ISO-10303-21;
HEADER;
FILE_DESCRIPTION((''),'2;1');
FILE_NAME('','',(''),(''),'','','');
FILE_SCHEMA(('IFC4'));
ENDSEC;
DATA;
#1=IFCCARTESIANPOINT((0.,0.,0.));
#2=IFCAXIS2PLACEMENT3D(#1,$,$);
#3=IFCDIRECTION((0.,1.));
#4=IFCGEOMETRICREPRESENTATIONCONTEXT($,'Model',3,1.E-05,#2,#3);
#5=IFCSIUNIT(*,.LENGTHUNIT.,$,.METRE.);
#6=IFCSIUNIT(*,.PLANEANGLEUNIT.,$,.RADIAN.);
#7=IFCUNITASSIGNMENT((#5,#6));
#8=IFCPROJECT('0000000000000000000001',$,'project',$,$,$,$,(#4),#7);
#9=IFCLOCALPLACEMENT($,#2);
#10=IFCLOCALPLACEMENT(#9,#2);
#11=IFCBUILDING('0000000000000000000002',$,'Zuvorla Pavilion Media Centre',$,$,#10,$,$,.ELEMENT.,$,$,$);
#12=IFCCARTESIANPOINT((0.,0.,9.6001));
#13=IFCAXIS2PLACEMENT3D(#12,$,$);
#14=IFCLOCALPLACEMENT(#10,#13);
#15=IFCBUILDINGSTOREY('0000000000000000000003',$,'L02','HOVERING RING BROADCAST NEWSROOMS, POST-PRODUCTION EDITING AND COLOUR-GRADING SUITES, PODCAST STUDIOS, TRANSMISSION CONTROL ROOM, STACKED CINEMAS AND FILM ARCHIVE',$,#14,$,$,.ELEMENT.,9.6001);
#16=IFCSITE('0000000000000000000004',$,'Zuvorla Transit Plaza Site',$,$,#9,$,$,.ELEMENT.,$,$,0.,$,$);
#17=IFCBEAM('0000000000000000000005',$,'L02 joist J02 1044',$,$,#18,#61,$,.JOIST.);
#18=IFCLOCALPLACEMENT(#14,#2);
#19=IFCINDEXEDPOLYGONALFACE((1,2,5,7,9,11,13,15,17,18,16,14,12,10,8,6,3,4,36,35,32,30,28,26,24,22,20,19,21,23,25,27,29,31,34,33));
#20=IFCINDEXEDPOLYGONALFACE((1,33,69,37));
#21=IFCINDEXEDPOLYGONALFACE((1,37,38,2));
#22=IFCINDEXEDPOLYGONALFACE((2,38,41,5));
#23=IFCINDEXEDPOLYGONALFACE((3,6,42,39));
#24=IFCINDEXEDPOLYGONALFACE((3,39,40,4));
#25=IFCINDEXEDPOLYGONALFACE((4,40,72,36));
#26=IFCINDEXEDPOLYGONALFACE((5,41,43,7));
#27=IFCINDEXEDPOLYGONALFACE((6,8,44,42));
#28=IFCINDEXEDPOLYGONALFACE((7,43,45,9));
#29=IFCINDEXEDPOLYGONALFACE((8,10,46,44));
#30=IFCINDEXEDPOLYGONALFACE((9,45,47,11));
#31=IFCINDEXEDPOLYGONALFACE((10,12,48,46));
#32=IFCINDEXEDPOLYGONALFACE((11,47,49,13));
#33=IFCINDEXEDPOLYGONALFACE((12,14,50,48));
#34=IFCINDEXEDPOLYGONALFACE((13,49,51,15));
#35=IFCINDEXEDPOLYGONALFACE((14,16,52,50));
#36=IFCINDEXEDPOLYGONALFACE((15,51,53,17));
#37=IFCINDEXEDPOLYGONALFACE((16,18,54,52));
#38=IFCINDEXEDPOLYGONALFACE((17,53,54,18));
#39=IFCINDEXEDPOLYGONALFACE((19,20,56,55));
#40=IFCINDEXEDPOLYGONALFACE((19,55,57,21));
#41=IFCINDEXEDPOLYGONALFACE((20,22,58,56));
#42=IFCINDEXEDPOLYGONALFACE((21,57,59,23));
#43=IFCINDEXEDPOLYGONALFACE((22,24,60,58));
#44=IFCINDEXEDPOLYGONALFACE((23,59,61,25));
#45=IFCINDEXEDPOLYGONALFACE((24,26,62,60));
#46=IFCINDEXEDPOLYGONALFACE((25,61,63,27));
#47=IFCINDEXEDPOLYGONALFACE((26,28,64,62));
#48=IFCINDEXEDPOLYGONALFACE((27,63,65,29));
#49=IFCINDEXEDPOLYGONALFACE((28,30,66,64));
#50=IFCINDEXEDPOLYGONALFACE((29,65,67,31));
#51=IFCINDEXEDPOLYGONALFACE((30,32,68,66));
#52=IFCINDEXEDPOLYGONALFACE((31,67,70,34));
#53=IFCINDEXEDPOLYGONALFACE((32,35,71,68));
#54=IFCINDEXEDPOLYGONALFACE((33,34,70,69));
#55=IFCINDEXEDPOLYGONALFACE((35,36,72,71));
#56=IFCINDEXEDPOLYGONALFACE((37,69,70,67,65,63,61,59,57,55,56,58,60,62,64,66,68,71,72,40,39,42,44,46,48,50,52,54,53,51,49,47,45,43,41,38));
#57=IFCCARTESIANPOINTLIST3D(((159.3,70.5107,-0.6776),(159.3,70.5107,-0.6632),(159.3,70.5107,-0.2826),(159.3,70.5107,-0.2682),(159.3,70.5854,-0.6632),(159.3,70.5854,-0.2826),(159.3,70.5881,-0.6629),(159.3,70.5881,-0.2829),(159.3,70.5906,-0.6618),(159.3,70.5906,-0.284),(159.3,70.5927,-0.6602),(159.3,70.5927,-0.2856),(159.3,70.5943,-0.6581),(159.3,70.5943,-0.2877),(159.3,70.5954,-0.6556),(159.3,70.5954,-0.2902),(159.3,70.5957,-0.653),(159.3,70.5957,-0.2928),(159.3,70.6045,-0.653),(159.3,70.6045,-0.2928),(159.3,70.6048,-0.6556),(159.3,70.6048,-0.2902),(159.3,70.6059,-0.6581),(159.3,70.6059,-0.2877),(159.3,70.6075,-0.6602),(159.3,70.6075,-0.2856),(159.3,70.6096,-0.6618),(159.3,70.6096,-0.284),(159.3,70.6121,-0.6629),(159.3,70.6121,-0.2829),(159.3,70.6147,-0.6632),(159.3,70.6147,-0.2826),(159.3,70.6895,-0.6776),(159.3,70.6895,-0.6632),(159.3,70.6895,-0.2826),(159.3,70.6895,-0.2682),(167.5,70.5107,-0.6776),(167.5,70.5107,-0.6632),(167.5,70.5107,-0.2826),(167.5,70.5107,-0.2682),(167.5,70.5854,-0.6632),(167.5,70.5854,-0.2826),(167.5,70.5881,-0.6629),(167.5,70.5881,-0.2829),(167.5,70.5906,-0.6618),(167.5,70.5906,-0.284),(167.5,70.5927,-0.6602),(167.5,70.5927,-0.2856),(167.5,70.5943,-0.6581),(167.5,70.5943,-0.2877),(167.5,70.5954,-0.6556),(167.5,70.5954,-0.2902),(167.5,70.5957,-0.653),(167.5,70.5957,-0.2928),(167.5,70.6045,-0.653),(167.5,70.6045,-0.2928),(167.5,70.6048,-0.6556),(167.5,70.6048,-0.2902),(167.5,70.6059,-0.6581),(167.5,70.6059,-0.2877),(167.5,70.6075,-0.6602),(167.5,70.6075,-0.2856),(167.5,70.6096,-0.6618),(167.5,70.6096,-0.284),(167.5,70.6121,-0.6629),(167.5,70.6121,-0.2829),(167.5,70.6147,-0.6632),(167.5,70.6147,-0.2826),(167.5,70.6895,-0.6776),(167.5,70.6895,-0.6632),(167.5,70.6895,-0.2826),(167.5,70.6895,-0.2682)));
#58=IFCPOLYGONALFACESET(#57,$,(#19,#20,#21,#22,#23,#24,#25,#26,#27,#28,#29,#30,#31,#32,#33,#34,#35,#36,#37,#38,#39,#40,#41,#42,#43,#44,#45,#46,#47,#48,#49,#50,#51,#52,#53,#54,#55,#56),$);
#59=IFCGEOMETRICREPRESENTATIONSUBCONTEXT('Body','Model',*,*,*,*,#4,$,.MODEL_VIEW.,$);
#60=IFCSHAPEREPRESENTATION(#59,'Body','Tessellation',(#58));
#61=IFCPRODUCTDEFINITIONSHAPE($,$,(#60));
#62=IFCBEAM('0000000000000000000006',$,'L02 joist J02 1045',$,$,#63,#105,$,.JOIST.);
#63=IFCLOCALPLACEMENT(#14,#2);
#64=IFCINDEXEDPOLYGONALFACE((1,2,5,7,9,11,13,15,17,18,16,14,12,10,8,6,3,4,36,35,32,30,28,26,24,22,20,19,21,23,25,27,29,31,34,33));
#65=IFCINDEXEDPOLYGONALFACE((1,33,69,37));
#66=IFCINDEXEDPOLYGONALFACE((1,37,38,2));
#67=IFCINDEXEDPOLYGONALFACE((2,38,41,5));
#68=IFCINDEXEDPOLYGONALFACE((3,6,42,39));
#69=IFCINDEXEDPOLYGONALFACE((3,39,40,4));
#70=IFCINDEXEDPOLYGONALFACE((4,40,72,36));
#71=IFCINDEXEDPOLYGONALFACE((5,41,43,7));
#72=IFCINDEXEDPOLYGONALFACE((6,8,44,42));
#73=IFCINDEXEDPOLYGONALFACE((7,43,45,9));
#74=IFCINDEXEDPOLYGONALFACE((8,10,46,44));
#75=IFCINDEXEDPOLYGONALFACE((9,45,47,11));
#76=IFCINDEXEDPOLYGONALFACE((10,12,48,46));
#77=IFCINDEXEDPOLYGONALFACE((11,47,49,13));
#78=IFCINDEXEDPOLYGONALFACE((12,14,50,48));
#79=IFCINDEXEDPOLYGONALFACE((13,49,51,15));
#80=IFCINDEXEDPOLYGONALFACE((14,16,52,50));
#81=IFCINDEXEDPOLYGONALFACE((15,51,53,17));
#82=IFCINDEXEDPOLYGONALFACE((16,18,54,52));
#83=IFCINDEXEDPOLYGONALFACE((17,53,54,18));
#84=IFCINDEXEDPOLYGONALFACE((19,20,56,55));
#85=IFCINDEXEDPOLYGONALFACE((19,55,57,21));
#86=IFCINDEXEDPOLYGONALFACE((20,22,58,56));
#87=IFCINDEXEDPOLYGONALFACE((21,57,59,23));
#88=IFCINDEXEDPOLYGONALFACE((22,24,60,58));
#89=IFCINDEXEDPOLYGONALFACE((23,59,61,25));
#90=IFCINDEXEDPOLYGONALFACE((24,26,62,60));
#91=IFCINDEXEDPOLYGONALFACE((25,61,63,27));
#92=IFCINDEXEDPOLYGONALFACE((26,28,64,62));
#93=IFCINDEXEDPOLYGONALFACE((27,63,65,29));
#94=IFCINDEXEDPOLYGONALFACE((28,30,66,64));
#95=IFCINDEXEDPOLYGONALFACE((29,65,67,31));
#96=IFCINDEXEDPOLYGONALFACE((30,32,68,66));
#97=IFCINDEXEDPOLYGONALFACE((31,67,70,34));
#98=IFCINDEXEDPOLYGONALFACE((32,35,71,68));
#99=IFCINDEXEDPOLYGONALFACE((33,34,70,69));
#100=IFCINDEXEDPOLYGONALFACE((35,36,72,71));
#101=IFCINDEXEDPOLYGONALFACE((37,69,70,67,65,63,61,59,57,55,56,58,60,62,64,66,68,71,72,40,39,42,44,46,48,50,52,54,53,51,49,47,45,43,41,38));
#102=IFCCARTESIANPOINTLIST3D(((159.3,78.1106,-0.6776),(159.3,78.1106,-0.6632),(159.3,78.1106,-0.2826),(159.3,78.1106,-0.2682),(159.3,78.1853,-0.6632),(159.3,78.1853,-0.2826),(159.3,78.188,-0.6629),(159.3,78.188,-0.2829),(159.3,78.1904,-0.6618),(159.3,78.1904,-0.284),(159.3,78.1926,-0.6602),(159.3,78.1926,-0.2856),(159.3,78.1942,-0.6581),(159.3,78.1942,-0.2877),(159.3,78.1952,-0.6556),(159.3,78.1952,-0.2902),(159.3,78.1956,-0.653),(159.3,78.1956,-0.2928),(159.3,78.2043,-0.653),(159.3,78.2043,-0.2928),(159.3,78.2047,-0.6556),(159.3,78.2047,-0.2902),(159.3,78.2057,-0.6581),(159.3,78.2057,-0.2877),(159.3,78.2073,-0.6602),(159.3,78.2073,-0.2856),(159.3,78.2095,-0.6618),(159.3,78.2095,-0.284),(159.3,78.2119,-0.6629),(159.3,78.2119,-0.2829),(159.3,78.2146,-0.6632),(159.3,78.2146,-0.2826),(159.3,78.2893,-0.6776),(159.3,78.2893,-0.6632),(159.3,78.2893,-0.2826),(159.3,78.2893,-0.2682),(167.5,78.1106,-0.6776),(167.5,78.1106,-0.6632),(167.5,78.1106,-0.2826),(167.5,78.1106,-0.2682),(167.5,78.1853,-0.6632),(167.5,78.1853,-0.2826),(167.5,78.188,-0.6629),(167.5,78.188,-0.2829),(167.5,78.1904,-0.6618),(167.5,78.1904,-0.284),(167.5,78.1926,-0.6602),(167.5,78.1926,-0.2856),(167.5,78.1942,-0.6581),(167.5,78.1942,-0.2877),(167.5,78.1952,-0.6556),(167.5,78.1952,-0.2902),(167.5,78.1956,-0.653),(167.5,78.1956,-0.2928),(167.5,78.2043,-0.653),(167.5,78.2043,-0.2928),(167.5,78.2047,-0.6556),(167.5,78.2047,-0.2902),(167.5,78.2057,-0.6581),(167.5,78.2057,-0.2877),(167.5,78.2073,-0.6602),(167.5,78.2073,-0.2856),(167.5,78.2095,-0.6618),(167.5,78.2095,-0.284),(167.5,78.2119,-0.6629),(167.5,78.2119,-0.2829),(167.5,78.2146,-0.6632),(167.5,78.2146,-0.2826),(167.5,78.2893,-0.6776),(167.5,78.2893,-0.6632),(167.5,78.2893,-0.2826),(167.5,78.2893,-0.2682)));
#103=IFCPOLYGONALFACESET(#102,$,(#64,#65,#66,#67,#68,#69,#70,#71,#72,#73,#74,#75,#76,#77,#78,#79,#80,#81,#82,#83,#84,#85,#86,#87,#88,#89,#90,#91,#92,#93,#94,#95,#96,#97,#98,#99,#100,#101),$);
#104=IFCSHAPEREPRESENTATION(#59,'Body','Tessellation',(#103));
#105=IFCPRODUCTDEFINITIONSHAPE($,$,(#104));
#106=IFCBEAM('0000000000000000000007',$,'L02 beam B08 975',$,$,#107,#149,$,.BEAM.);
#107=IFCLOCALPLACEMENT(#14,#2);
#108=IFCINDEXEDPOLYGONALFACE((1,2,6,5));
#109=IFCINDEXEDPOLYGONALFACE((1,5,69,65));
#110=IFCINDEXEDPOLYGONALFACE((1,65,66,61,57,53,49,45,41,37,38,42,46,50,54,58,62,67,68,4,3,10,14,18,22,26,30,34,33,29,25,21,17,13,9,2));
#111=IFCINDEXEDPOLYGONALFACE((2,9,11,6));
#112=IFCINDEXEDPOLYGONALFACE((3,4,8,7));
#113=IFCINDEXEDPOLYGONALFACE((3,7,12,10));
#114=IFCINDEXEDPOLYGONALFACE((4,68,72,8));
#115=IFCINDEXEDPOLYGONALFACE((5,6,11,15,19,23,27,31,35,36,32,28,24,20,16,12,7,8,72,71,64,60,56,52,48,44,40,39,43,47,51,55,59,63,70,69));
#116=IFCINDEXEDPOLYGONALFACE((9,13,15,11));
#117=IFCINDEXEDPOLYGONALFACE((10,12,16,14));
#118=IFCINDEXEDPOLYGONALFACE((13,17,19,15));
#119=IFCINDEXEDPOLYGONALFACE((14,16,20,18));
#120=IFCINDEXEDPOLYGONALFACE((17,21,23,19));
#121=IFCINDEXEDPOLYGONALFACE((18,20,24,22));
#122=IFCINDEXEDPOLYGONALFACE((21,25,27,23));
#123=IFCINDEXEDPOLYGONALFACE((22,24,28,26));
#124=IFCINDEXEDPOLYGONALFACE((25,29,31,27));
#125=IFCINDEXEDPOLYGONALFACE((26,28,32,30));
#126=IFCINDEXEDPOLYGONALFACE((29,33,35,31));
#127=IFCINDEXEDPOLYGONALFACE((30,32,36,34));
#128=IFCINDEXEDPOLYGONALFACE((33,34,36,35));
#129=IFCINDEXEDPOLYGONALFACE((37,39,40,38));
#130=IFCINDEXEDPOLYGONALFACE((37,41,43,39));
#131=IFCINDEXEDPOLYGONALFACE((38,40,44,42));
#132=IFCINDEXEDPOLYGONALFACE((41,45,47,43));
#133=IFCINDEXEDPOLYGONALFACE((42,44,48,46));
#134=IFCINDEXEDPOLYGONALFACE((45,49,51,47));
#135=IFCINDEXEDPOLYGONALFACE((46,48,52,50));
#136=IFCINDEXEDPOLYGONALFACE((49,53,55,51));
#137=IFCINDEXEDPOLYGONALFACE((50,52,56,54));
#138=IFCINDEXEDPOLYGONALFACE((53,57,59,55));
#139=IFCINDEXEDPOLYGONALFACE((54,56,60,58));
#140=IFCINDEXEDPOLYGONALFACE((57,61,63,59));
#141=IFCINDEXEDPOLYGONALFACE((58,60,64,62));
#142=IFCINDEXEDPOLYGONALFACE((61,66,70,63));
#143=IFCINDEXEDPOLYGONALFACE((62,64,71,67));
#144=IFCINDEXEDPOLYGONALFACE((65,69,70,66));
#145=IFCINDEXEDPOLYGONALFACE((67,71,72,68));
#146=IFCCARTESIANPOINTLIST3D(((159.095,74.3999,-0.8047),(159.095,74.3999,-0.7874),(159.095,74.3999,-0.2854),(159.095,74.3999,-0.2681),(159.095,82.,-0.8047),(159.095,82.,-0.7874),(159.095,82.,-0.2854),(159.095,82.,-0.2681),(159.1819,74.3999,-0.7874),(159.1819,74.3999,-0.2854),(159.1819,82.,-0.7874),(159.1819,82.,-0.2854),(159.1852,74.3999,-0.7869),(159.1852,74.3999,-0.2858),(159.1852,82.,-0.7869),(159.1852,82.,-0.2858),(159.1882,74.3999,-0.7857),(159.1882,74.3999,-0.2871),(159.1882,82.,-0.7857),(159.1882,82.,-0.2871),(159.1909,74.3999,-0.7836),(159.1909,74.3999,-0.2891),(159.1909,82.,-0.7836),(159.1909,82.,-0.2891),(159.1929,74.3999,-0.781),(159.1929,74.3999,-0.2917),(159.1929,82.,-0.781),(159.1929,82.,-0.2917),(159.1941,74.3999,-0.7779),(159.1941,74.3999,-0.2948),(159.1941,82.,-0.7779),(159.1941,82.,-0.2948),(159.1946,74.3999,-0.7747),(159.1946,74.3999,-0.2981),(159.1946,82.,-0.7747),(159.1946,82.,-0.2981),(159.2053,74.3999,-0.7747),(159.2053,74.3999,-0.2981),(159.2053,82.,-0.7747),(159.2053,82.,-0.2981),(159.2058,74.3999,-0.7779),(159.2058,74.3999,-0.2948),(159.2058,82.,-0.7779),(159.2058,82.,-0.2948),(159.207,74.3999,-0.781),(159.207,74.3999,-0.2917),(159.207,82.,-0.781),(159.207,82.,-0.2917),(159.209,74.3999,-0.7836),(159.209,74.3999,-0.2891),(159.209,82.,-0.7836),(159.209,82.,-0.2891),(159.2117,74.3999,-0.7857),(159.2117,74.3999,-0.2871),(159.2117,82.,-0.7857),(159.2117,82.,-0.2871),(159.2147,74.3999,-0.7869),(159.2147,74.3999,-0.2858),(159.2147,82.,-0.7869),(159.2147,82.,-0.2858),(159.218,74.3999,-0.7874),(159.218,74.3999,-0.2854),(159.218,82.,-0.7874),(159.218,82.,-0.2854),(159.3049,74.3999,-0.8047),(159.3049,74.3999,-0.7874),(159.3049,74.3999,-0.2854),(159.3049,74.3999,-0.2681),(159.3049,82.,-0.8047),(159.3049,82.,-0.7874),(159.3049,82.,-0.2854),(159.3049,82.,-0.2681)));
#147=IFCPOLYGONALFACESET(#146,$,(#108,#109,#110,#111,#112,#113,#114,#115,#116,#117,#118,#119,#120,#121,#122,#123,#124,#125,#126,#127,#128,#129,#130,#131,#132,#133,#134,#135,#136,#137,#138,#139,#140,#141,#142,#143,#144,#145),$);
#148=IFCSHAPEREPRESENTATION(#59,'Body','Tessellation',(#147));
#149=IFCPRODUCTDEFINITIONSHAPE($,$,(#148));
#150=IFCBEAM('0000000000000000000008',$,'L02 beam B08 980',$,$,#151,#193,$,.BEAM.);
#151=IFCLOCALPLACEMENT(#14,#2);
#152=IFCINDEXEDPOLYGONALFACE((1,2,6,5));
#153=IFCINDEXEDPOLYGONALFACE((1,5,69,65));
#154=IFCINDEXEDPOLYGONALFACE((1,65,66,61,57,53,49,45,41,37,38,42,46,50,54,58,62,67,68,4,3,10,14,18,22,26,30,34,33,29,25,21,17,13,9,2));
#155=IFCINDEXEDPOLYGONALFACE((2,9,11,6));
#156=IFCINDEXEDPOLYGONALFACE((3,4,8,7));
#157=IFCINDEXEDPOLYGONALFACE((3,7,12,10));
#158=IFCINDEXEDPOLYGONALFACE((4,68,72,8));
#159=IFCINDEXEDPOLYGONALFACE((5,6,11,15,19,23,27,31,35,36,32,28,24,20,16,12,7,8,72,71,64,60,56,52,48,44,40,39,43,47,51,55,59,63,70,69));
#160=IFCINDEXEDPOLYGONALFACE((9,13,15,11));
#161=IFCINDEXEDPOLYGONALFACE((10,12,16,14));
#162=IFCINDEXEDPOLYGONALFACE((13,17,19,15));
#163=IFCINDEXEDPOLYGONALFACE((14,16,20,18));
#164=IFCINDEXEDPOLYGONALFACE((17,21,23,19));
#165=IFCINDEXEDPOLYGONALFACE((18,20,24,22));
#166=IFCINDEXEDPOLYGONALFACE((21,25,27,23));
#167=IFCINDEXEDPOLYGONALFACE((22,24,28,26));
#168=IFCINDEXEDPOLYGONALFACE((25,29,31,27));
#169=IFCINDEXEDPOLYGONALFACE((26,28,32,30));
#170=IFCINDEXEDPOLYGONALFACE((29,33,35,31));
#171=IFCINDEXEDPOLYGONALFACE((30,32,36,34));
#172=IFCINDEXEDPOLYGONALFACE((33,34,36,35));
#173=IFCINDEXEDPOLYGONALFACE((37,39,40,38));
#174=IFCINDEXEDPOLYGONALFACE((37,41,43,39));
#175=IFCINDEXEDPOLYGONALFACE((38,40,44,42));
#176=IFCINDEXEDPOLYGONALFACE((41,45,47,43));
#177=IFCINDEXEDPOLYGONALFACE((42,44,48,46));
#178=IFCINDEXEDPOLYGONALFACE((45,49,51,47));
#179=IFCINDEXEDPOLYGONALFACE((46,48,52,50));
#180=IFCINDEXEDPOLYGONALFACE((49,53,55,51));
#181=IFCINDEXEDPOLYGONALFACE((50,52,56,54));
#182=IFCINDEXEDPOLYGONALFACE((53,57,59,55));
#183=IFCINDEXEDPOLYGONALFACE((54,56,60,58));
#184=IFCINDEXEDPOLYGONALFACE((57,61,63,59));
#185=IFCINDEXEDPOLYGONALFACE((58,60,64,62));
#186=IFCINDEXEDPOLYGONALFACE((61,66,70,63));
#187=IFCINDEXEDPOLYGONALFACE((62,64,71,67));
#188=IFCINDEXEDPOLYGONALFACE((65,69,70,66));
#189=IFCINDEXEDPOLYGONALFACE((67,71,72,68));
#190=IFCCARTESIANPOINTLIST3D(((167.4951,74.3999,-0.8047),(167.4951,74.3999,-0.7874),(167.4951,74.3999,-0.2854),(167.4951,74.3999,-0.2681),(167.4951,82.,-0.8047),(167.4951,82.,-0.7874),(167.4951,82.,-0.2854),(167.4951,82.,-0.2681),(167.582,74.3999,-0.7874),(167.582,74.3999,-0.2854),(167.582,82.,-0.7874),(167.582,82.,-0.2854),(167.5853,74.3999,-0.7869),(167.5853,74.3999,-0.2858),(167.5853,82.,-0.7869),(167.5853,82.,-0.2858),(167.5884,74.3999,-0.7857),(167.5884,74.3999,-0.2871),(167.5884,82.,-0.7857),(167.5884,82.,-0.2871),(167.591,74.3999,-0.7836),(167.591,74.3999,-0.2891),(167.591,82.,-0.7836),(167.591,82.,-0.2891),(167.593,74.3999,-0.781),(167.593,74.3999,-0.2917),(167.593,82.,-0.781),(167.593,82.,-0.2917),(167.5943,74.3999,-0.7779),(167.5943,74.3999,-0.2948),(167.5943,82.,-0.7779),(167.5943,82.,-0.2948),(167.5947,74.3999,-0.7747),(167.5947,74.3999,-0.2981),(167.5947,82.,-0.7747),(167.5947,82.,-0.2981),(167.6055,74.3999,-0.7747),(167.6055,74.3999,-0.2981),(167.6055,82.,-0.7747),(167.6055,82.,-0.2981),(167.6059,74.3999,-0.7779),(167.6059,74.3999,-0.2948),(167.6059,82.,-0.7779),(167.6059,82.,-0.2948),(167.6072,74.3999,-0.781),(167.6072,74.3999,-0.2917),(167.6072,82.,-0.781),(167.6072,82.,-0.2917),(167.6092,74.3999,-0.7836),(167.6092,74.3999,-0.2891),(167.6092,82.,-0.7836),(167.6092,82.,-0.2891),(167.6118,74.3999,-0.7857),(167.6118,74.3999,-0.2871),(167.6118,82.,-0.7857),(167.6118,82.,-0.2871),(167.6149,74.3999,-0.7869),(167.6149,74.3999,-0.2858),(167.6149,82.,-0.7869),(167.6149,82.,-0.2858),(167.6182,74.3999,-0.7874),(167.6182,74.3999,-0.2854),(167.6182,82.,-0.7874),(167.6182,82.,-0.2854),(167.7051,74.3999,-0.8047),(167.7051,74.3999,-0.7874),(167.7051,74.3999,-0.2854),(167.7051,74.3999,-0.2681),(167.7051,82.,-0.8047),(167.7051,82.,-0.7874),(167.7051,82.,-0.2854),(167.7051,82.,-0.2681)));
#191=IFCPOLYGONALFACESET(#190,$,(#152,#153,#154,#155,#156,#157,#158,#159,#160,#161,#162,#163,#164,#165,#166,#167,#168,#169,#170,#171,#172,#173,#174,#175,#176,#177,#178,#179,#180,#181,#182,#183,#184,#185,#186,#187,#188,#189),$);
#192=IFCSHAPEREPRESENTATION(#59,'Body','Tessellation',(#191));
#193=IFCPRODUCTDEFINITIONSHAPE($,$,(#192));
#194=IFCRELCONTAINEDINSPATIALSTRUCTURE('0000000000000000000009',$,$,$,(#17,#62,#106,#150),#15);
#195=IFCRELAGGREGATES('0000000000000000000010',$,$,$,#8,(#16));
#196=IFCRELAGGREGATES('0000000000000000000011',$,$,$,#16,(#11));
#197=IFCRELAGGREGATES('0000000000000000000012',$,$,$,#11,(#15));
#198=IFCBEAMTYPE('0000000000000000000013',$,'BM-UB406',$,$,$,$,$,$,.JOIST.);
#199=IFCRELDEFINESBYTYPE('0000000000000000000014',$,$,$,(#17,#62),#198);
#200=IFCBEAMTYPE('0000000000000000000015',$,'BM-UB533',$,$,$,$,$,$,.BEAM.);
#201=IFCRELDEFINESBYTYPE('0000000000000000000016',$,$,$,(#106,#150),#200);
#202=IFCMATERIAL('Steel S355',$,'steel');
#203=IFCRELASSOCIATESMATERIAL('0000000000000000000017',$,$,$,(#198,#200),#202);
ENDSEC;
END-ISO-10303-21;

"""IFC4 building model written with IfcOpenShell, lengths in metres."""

from ifc_helpers import new_model, si_unit, direction, frame, origin, origin_2d, place, context, subcontext, project, spatial, i_section, extrude, material, material_profile, profile_set, type_object, element, save


model = new_model("IFC4")

# Units and contexts
model_context = context("Model", 3, precision=1e-05, world=origin(), true_north=direction((0.0, 1.0)))
body_context = subcontext(model_context, "Body", "Model", "MODEL_VIEW")
ifc_project = project(units=[si_unit("LENGTHUNIT", "METRE"), si_unit("PLANEANGLEUNIT", "RADIAN")], contexts=[model_context])

# Site, building, storey
site_placement = place(None, origin())
site = spatial("IfcSite", under=ifc_project, at=site_placement, Name="Zuvorla Transit Plaza Site", CompositionType="ELEMENT", RefElevation=0.0)
building_placement = place(site_placement, origin())
building = spatial("IfcBuilding", under=site, at=building_placement, Name="Zuvorla Pavilion Media Centre", CompositionType="ELEMENT")
storey_placement = place(building_placement, frame((0.0, 0.0, 9.6001)))
storey = spatial("IfcBuildingStorey", under=building, at=storey_placement, Name="L02", Description="HOVERING RING BROADCAST NEWSROOMS, POST-PRODUCTION EDITING AND COLOUR-GRADING SUITES, PODCAST STUDIOS, TRANSMISSION CONTROL ROOM, STACKED CINEMAS AND FILM ARCHIVE", CompositionType="ELEMENT", Elevation=9.6001)

# Shared definitions
ifc_material_1 = material(Name="Steel S355", Category="steel")

# Beams
ifc_material_profile_1 = material_profile(ifc_material_1, i_section(OverallWidth=0.1787, OverallDepth=0.4094, WebThickness=0.0088, FlangeThickness=0.0144, FilletRadius=0.0103, at=origin_2d()), Name="UB 406x178x67")
ifc_profile_set_1 = profile_set([ifc_material_profile_1], Name="Steel S355")
beam_type_1 = type_object("IfcBeamType", Name="BM-UB406", PredefinedType="JOIST", material=ifc_profile_set_1)
for number, where, z_axis, x_axis, name in (
    (1, (159.3, 70.6001, -0.4729), (1.0, 0.0, 0.0), (0.0, 1.0, 0.0), "L02 joist J02 1044"),
    (2, (159.3, 78.2, -0.4729), (1.0, 0.0, 0.0), (0.0, 1.0, 0.0), "L02 joist J02 1045"),
):
    element("IfcBeam", number, at=place(storey_placement, frame(where, z_axis=z_axis, x_axis=x_axis)), inside=storey, type_object=beam_type_1, Name=name, PredefinedType="JOIST", context=body_context, shape_type="SweptSolid", body=[
        extrude(i_section(OverallWidth=0.1787, OverallDepth=0.4094, WebThickness=0.0088, FlangeThickness=0.0144, FilletRadius=0.0103, at=origin_2d()), origin(), (0.0, 0.0, 1.0), 8.2),
    ])
ifc_material_profile_2 = material_profile(ifc_material_1, i_section(OverallWidth=0.21, OverallDepth=0.5366, WebThickness=0.0107, FlangeThickness=0.0173, FilletRadius=0.0127, at=origin_2d()), Name="UB 533x210x101")
ifc_profile_set_2 = profile_set([ifc_material_profile_2], Name="Steel S355")
beam_type_2 = type_object("IfcBeamType", Name="BM-UB533", PredefinedType="BEAM", material=ifc_profile_set_2)
for number, where, z_axis, x_axis, name in (
    (3, (159.2, 74.3999, -0.5364), (0.0, 1.0, 0.0), (-1.0, 0.0, 0.0), "L02 beam B08 975"),
    (4, (167.6001, 74.3999, -0.5364), (0.0, 1.0, 0.0), (-1.0, 0.0, 0.0), "L02 beam B08 980"),
):
    element("IfcBeam", number, at=place(storey_placement, frame(where, z_axis=z_axis, x_axis=x_axis)), inside=storey, type_object=beam_type_2, Name=name, PredefinedType="BEAM", context=body_context, shape_type="SweptSolid", body=[
        extrude(i_section(OverallWidth=0.21, OverallDepth=0.5366, WebThickness=0.0107, FlangeThickness=0.0173, FilletRadius=0.0127, at=origin_2d()), origin(), (0.0, 0.0, 1.0), 7.6001),
    ])

save(model, "model.ifc")
